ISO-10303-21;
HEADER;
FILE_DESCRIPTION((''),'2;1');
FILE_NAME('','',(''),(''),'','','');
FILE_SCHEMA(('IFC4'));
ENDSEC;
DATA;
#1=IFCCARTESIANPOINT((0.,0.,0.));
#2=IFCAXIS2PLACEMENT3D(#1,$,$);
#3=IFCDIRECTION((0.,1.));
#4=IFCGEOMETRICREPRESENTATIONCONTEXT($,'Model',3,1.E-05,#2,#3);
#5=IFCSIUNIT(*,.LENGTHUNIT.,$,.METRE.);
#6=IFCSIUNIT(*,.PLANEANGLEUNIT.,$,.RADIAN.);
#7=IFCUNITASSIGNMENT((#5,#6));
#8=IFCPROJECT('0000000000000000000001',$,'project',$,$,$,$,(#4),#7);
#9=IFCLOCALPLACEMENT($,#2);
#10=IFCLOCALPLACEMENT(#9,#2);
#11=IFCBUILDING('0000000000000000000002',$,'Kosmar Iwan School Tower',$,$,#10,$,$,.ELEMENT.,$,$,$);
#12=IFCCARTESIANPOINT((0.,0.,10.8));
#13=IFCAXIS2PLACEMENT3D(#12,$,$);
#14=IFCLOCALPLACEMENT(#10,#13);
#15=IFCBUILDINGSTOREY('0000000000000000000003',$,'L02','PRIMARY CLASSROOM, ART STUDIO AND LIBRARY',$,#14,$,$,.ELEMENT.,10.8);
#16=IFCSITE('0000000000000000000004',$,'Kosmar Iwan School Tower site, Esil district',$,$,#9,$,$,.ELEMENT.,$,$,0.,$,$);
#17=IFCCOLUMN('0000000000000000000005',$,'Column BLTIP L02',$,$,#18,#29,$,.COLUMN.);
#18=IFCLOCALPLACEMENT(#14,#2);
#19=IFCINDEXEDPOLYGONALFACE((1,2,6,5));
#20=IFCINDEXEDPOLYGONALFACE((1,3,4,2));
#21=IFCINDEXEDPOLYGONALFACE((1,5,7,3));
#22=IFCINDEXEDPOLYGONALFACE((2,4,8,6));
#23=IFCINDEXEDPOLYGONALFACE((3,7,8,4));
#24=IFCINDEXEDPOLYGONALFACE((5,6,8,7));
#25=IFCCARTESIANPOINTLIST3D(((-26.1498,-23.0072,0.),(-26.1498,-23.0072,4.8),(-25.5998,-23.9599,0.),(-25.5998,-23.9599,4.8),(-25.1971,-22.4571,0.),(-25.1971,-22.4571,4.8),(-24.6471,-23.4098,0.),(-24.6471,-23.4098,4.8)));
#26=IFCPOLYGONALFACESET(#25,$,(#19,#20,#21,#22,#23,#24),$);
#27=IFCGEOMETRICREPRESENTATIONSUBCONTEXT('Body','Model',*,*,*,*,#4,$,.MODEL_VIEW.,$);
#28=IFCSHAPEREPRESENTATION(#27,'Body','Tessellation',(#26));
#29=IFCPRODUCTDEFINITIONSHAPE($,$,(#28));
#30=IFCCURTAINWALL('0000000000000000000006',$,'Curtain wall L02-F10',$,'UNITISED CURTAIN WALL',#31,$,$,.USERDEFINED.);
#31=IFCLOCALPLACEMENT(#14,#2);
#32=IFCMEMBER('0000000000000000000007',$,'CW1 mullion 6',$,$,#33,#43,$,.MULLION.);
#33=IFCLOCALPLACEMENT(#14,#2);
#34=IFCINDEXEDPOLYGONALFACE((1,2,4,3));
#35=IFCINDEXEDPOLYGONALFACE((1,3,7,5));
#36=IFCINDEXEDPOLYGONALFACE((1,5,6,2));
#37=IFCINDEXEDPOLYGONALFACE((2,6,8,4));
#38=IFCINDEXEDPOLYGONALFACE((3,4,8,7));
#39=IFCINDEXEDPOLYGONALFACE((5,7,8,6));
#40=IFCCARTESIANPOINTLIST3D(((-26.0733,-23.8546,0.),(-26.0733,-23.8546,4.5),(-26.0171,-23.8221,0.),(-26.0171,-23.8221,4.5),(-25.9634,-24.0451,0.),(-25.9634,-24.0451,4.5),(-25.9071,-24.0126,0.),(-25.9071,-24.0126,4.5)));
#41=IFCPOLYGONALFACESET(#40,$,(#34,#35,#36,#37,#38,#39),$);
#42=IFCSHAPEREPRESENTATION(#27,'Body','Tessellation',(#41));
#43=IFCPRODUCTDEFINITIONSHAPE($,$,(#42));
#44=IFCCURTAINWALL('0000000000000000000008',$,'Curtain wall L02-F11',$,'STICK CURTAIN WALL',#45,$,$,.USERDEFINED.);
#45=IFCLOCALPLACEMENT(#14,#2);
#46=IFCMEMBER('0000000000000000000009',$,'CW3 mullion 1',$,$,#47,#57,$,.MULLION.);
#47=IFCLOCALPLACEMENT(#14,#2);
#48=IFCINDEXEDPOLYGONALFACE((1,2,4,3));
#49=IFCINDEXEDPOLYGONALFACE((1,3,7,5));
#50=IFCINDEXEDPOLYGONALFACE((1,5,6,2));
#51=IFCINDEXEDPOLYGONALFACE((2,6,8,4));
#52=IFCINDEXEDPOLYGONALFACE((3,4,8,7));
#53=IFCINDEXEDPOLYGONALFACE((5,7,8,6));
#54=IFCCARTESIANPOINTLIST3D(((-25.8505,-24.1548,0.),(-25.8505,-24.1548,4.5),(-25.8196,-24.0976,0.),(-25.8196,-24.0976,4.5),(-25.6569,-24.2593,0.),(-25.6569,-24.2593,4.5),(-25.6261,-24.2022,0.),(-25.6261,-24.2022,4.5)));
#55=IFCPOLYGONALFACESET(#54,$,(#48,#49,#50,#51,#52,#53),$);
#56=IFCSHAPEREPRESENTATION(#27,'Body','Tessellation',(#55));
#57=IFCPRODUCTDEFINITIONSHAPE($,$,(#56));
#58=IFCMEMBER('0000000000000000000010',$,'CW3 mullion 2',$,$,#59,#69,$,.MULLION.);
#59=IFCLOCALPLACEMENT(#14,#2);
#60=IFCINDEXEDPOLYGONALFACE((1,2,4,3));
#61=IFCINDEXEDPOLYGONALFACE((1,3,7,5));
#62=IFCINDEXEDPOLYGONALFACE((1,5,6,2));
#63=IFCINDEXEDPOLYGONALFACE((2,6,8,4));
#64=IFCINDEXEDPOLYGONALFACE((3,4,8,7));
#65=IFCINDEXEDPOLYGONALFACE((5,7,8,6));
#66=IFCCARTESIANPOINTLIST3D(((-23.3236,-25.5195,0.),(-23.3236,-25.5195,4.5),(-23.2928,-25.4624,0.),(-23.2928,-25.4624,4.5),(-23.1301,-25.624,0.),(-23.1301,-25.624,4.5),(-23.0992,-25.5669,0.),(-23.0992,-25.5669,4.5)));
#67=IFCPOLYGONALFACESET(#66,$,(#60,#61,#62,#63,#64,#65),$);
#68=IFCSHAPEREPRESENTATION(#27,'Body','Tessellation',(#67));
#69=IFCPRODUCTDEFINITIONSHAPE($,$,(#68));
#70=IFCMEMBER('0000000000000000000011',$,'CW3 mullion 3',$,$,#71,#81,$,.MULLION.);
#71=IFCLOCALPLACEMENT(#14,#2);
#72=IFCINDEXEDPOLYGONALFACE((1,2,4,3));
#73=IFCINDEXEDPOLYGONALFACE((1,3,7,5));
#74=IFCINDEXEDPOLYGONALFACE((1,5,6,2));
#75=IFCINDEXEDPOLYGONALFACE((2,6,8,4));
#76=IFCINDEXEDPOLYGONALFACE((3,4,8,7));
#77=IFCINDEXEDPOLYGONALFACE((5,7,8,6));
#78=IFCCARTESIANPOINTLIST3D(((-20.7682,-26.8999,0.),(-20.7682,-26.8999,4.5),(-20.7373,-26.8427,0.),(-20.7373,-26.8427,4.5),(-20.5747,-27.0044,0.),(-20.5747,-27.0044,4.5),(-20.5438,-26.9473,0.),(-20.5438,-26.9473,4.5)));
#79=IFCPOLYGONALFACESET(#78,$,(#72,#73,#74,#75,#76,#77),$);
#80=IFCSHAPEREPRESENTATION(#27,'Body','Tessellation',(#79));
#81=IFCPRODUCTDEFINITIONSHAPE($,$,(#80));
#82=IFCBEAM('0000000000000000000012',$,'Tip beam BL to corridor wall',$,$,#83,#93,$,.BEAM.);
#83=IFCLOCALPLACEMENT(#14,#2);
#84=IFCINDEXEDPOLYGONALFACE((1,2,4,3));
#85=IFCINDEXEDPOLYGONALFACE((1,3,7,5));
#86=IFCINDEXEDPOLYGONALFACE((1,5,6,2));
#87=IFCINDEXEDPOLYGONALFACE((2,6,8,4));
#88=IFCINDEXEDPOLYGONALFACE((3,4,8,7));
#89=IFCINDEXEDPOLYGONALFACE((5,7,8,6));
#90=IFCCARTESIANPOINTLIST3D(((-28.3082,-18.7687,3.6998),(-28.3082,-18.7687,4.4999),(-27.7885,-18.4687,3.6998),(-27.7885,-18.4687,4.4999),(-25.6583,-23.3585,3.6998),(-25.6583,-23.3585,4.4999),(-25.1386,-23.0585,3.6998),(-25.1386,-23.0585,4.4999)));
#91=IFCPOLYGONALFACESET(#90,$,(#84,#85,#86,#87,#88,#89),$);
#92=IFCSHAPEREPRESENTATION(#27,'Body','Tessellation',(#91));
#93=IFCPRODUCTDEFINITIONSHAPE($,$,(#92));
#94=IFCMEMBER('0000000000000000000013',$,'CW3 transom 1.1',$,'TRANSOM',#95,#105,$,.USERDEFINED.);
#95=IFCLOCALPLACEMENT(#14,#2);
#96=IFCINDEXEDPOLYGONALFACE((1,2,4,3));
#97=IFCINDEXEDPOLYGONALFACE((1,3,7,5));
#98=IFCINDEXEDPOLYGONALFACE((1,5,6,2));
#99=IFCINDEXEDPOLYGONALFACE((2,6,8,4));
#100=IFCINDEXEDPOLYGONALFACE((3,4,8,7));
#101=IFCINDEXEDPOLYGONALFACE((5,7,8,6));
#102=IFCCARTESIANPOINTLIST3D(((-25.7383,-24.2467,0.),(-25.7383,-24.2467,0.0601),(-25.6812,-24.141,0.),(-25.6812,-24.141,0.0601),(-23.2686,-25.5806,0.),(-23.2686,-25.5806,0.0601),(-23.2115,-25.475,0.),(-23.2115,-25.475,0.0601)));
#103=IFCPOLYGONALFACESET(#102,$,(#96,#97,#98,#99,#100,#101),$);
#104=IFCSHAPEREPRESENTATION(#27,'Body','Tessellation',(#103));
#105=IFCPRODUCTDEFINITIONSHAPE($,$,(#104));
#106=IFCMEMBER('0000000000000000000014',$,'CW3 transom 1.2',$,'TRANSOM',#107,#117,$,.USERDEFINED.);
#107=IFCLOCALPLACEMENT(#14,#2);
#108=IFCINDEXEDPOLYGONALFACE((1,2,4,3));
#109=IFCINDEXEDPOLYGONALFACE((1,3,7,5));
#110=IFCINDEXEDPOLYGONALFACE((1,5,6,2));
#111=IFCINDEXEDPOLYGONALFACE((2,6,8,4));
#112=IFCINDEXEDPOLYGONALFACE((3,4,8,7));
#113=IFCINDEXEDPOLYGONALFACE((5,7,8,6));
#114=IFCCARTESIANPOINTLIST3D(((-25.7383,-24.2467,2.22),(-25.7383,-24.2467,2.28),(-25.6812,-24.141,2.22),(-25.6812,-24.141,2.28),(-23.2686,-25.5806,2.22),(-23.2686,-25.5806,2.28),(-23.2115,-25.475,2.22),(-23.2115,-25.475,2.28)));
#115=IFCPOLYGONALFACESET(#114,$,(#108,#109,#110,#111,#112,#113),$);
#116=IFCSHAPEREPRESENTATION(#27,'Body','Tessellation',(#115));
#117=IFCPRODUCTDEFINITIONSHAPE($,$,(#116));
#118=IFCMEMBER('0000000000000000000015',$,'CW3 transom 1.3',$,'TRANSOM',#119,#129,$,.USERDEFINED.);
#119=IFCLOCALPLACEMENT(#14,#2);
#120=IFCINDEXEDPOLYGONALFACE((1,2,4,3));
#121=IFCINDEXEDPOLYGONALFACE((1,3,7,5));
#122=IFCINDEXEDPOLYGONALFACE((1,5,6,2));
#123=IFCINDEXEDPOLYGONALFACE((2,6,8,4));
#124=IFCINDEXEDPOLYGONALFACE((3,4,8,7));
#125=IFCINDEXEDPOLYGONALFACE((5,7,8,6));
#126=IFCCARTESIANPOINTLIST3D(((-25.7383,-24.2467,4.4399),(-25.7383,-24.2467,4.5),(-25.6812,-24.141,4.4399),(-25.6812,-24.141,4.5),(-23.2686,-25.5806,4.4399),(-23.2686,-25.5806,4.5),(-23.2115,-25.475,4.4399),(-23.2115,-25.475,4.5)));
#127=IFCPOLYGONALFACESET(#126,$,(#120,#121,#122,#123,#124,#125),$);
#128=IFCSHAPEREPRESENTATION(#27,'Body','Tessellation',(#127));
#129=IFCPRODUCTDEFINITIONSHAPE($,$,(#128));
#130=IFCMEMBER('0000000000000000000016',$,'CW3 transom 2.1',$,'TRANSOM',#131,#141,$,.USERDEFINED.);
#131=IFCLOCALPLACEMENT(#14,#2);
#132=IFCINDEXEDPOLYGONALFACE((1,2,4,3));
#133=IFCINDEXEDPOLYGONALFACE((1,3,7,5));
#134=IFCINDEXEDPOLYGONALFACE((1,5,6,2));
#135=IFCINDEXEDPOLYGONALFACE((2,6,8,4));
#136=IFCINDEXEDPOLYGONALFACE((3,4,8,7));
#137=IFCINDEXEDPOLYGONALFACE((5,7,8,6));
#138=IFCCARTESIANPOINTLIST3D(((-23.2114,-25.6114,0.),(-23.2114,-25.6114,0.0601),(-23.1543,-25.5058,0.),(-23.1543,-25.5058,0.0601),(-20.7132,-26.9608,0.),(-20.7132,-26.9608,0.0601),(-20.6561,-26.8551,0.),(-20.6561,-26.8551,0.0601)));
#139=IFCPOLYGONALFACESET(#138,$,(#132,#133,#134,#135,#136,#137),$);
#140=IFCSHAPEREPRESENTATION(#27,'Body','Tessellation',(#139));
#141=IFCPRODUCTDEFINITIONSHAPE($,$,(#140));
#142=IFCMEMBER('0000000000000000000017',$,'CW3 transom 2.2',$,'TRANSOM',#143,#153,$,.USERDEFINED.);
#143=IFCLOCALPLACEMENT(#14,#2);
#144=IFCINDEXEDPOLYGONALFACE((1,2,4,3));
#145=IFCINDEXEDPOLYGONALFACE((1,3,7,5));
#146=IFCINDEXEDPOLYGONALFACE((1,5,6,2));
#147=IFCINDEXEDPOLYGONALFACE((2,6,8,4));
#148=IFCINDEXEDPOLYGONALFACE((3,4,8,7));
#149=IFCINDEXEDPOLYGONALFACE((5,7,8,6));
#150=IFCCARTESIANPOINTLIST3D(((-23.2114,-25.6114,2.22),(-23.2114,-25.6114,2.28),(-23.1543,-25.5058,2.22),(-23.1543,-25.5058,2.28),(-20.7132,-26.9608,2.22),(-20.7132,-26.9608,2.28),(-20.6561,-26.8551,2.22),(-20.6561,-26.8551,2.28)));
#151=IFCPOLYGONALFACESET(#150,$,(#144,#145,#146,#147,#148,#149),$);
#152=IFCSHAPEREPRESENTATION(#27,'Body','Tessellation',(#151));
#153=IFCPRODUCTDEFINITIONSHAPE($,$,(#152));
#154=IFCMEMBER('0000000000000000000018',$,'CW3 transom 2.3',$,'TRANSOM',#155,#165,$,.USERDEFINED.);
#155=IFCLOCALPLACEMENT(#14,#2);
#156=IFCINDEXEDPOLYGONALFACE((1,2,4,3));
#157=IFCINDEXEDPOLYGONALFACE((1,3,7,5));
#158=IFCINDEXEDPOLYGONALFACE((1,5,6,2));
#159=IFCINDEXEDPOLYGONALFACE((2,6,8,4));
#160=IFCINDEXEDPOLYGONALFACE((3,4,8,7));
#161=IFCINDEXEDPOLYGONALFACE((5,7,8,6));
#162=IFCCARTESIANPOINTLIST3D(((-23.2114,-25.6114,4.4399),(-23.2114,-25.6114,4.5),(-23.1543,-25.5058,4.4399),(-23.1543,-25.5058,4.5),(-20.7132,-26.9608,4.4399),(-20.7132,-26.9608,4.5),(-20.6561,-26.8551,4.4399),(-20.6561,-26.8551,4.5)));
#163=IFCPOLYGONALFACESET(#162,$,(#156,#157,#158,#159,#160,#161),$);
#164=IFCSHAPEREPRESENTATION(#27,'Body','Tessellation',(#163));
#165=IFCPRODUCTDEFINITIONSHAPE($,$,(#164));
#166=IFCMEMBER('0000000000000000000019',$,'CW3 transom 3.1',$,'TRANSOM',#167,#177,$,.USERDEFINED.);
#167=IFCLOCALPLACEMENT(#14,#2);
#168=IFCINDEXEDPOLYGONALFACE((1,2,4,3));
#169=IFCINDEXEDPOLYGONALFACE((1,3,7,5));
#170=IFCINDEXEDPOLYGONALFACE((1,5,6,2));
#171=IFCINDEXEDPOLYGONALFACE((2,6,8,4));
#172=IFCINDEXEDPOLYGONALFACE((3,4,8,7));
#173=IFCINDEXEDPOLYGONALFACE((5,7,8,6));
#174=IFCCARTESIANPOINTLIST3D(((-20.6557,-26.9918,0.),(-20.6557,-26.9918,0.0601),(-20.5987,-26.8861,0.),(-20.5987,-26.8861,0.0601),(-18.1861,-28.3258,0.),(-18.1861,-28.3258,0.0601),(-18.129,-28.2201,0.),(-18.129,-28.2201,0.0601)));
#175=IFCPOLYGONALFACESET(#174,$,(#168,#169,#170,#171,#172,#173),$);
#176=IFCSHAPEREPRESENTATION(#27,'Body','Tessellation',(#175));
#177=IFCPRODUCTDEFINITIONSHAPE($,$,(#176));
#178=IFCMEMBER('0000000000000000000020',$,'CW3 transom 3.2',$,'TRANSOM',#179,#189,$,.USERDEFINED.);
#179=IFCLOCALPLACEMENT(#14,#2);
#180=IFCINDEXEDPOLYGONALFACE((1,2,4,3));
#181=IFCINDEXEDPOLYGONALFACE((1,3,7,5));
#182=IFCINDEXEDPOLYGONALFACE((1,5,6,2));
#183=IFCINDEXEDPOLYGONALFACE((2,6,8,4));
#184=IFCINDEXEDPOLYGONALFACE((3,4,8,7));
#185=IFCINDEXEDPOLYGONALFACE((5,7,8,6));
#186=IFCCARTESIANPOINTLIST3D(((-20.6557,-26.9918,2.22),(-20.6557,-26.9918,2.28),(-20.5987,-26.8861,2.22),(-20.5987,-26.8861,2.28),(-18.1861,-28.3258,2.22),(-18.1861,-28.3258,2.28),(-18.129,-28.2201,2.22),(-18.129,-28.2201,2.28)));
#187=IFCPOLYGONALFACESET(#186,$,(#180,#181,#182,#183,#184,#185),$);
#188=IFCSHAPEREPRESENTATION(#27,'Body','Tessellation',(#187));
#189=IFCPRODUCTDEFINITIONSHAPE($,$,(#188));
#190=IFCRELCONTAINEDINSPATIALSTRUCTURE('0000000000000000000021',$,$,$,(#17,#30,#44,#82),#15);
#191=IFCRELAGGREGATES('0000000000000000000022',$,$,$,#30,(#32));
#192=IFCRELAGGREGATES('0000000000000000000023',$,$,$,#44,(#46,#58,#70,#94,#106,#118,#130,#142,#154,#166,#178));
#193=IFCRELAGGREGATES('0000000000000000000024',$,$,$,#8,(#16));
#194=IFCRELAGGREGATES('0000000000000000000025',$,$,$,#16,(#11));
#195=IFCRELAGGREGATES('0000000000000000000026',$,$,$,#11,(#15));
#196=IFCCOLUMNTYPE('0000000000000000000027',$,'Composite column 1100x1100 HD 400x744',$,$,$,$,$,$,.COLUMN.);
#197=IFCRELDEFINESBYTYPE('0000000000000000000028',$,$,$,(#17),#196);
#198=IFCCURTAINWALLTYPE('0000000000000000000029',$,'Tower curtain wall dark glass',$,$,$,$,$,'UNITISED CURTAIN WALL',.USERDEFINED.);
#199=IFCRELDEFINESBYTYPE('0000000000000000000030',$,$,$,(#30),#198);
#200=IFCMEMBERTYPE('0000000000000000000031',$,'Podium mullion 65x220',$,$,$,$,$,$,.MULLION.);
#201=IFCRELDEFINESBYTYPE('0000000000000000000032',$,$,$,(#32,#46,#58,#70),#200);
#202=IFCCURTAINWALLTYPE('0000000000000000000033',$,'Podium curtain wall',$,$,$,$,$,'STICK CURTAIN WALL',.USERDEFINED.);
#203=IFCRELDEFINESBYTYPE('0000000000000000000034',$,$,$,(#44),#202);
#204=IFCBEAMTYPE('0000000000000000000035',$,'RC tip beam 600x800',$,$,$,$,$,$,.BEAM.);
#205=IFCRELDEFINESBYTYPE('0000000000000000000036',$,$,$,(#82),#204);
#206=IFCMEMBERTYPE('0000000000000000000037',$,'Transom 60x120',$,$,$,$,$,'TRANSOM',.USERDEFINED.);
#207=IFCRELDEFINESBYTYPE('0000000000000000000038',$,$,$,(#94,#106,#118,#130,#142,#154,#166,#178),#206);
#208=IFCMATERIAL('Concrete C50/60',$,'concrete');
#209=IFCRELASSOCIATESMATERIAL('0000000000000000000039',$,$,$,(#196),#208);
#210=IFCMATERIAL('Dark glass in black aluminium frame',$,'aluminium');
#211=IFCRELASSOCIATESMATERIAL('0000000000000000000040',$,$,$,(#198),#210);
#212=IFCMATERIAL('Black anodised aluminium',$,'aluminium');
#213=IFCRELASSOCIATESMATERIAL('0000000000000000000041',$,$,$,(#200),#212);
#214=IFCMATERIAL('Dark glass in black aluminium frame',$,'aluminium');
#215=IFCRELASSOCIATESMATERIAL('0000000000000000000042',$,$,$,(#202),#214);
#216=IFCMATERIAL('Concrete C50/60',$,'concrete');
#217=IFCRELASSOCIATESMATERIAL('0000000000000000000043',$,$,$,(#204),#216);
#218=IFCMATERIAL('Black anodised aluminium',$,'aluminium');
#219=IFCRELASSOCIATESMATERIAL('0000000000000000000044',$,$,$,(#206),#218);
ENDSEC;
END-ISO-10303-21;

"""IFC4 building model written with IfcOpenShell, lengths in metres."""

from ifc_helpers import new_model, si_unit, direction, frame, origin, origin_2d, place, context, subcontext, project, spatial, rectangle, extrude, material, material_profile, profile_set, type_object, element, aggregate, save


model = new_model("IFC4")

# Units and contexts
model_context = context("Model", 3, precision=1e-05, world=origin(), true_north=direction((0.0, 1.0)))
body_context = subcontext(model_context, "Body", "Model", "MODEL_VIEW")
ifc_project = project(units=[si_unit("LENGTHUNIT", "METRE"), si_unit("PLANEANGLEUNIT", "RADIAN")], contexts=[model_context])

# Site, building, storey
site_placement = place(None, origin())
site = spatial("IfcSite", under=ifc_project, at=site_placement, Name="Kosmar Iwan School Tower site, Esil district", CompositionType="ELEMENT", RefElevation=0.0)
building_placement = place(site_placement, origin())
building = spatial("IfcBuilding", under=site, at=building_placement, Name="Kosmar Iwan School Tower", CompositionType="ELEMENT")
storey_placement = place(building_placement, frame((0.0, 0.0, 10.8)))
storey = spatial("IfcBuildingStorey", under=building, at=storey_placement, Name="L02", Description="PRIMARY CLASSROOM, ART STUDIO AND LIBRARY", CompositionType="ELEMENT", Elevation=10.8)

# Column
ifc_material_1 = material(Name="Concrete C50/60", Category="concrete")
ifc_material_profile_1 = material_profile(ifc_material_1, rectangle(XDim=1.1001, YDim=1.1001, at=origin_2d()), Name="RC 1100x1100 + HD 400x744")
ifc_profile_set_1 = profile_set([ifc_material_profile_1], Name="Concrete C50/60")
column_type = type_object("IfcColumnType", Name="Composite column 1100x1100 HD 400x744", PredefinedType="COLUMN", material=ifc_profile_set_1)
column_placement = place(storey_placement, frame((-25.3984, -23.2085, 0.0), z_axis=(0.0, 0.0, 1.0), x_axis=(-0.866025, -0.5, 0.0)))
element("IfcColumn", 1, at=column_placement, inside=storey, type_object=column_type, Name="Column BLTIP L02", PredefinedType="COLUMN", context=body_context, shape_type="SweptSolid", body=[
    extrude(rectangle(XDim=1.1001, YDim=1.1001, at=origin_2d()), origin(), (0.0, 0.0, 1.0), 4.8),
])

# Curtain wall, member
ifc_material_2 = material(Name="Dark glass in black aluminium frame", Category="aluminium")
curtain_wall_type_1 = type_object("IfcCurtainWallType", Name="Tower curtain wall dark glass", ElementType="UNITISED CURTAIN WALL", PredefinedType="USERDEFINED", material=ifc_material_2)
curtain_wall_1_placement = place(storey_placement, origin())
curtain_wall_1 = element("IfcCurtainWall", 2, at=curtain_wall_1_placement, inside=storey, type_object=curtain_wall_type_1, Name="Curtain wall L02-F10", ObjectType="UNITISED CURTAIN WALL", PredefinedType="USERDEFINED")
ifc_material_3 = material(Name="Black anodised aluminium", Category="aluminium")
ifc_material_profile_2 = material_profile(ifc_material_3, rectangle(XDim=0.0649, YDim=0.22, at=origin_2d()), Name="MULLION 65x220")
ifc_profile_set_2 = profile_set([ifc_material_profile_2], Name="Black anodised aluminium")
member_type_1 = type_object("IfcMemberType", Name="Podium mullion 65x220", PredefinedType="MULLION", material=ifc_profile_set_2)
member_1_placement = place(storey_placement, frame((-25.9902, -23.9336, 0.0), z_axis=(0.0, 0.0, 1.0), x_axis=(0.866025, 0.5, 0.0)))
member_1 = element("IfcMember", 3, at=member_1_placement, type_object=member_type_1, Name="CW1 mullion 6", PredefinedType="MULLION", context=body_context, shape_type="SweptSolid", body=[
    extrude(rectangle(XDim=0.0649, YDim=0.22, at=origin_2d()), origin(), (0.0, 0.0, 1.0), 4.5),
])

# Curtain wall, members
ifc_material_4 = material(Name="Dark glass in black aluminium frame", Category="aluminium")
curtain_wall_type_2 = type_object("IfcCurtainWallType", Name="Podium curtain wall", ElementType="STICK CURTAIN WALL", PredefinedType="USERDEFINED", material=ifc_material_4)
curtain_wall_2_placement = place(storey_placement, origin())
curtain_wall_2 = element("IfcCurtainWall", 4, at=curtain_wall_2_placement, inside=storey, type_object=curtain_wall_type_2, Name="Curtain wall L02-F11", ObjectType="STICK CURTAIN WALL", PredefinedType="USERDEFINED")
member_2_placement = place(storey_placement, frame((-25.7383, -24.1785, 0.0), z_axis=(0.0, 0.0, 1.0), x_axis=(0.475215, 0.879869, 0.0)))
member_2 = element("IfcMember", 5, at=member_2_placement, type_object=member_type_1, Name="CW3 mullion 1", PredefinedType="MULLION", context=body_context, shape_type="SweptSolid", body=[
    extrude(rectangle(XDim=0.0649, YDim=0.22, at=origin_2d()), origin(), (0.0, 0.0, 1.0), 4.5),
])
member_3_placement = place(storey_placement, frame((-23.2114, -25.5432, 0.0), z_axis=(0.0, 0.0, 1.0), x_axis=(0.475215, 0.879869, 0.0)))
member_3 = element("IfcMember", 6, at=member_3_placement, type_object=member_type_1, Name="CW3 mullion 2", PredefinedType="MULLION", context=body_context, shape_type="SweptSolid", body=[
    extrude(rectangle(XDim=0.0649, YDim=0.22, at=origin_2d()), origin(), (0.0, 0.0, 1.0), 4.5),
])
member_4_placement = place(storey_placement, frame((-20.656, -26.9236, 0.0), z_axis=(0.0, 0.0, 1.0), x_axis=(0.475215, 0.879869, 0.0)))
member_4 = element("IfcMember", 7, at=member_4_placement, type_object=member_type_1, Name="CW3 mullion 3", PredefinedType="MULLION", context=body_context, shape_type="SweptSolid", body=[
    extrude(rectangle(XDim=0.0649, YDim=0.22, at=origin_2d()), origin(), (0.0, 0.0, 1.0), 4.5),
])

# Beam
ifc_material_5 = material(Name="Concrete C50/60", Category="concrete")
ifc_material_profile_3 = material_profile(ifc_material_5, rectangle(XDim=0.6001, YDim=0.8, at=origin_2d()), Name="RC 600x800")
ifc_profile_set_3 = profile_set([ifc_material_profile_3], Name="Concrete C50/60")
beam_type = type_object("IfcBeamType", Name="RC tip beam 600x800", PredefinedType="BEAM", material=ifc_profile_set_3)
beam_placement = place(storey_placement, frame((-25.3984, -23.2085, 4.0999), z_axis=(-0.499994, 0.866029, 0.0), x_axis=(-0.866029, -0.499994, 0.0)))
element("IfcBeam", 8, at=beam_placement, inside=storey, type_object=beam_type, Name="Tip beam BL to corridor wall", PredefinedType="BEAM", context=body_context, shape_type="SweptSolid", body=[
    extrude(rectangle(XDim=0.6001, YDim=0.8, at=origin_2d()), origin(), (0.0, 0.0, 1.0), 5.2998),
])

# Members
ifc_material_6 = material(Name="Black anodised aluminium", Category="aluminium")
ifc_material_profile_4 = material_profile(ifc_material_6, rectangle(XDim=0.1201, YDim=0.0601, at=origin_2d()), Name="TRANSOM 60x120")
ifc_profile_set_4 = profile_set([ifc_material_profile_4], Name="Black anodised aluminium")
member_type_2 = type_object("IfcMemberType", Name="Transom 60x120", ElementType="TRANSOM", PredefinedType="USERDEFINED", material=ifc_profile_set_4)
member_5_placement = place(storey_placement, frame((-25.7097, -24.1938, 0.03), z_axis=(0.879856, -0.47524, 0.0), x_axis=(0.47524, 0.879856, 0.0)))
member_5 = element("IfcMember", 9, at=member_5_placement, type_object=member_type_2, Name="CW3 transom 1.1", ObjectType="TRANSOM", PredefinedType="USERDEFINED", context=body_context, shape_type="SweptSolid", body=[
    extrude(rectangle(XDim=0.1201, YDim=0.0601, at=origin_2d()), origin(), (0.0, 0.0, 1.0), 2.8069),
])
member_6_placement = place(storey_placement, frame((-25.7097, -24.1938, 2.25), z_axis=(0.879856, -0.47524, 0.0), x_axis=(0.47524, 0.879856, 0.0)))
member_6 = element("IfcMember", 10, at=member_6_placement, type_object=member_type_2, Name="CW3 transom 1.2", ObjectType="TRANSOM", PredefinedType="USERDEFINED", context=body_context, shape_type="SweptSolid", body=[
    extrude(rectangle(XDim=0.1201, YDim=0.0601, at=origin_2d()), origin(), (0.0, 0.0, 1.0), 2.8069),
])
member_7_placement = place(storey_placement, frame((-25.7097, -24.1938, 4.47), z_axis=(0.879856, -0.47524, 0.0), x_axis=(0.47524, 0.879856, 0.0)))
member_7 = element("IfcMember", 11, at=member_7_placement, type_object=member_type_2, Name="CW3 transom 1.3", ObjectType="TRANSOM", PredefinedType="USERDEFINED", context=body_context, shape_type="SweptSolid", body=[
    extrude(rectangle(XDim=0.1201, YDim=0.0601, at=origin_2d()), origin(), (0.0, 0.0, 1.0), 2.8069),
])
member_8_placement = place(storey_placement, frame((-23.1829, -25.5586, 0.03), z_axis=(0.879863, -0.475227, 0.0), x_axis=(0.475227, 0.879863, 0.0)))
member_8 = element("IfcMember", 12, at=member_8_placement, type_object=member_type_2, Name="CW3 transom 2.1", ObjectType="TRANSOM", PredefinedType="USERDEFINED", context=body_context, shape_type="SweptSolid", body=[
    extrude(rectangle(XDim=0.1201, YDim=0.0601, at=origin_2d()), origin(), (0.0, 0.0, 1.0), 2.8394),
])
member_9_placement = place(storey_placement, frame((-23.1829, -25.5586, 2.25), z_axis=(0.879863, -0.475227, 0.0), x_axis=(0.475227, 0.879863, 0.0)))
member_9 = element("IfcMember", 13, at=member_9_placement, type_object=member_type_2, Name="CW3 transom 2.2", ObjectType="TRANSOM", PredefinedType="USERDEFINED", context=body_context, shape_type="SweptSolid", body=[
    extrude(rectangle(XDim=0.1201, YDim=0.0601, at=origin_2d()), origin(), (0.0, 0.0, 1.0), 2.8394),
])
member_10_placement = place(storey_placement, frame((-23.1829, -25.5586, 4.47), z_axis=(0.879863, -0.475227, 0.0), x_axis=(0.475227, 0.879863, 0.0)))
member_10 = element("IfcMember", 14, at=member_10_placement, type_object=member_type_2, Name="CW3 transom 2.3", ObjectType="TRANSOM", PredefinedType="USERDEFINED", context=body_context, shape_type="SweptSolid", body=[
    extrude(rectangle(XDim=0.1201, YDim=0.0601, at=origin_2d()), origin(), (0.0, 0.0, 1.0), 2.8394),
])
member_11_placement = place(storey_placement, frame((-20.6272, -26.939, 0.03), z_axis=(0.879856, -0.47524, 0.0), x_axis=(0.47524, 0.879856, 0.0)))
member_11 = element("IfcMember", 15, at=member_11_placement, type_object=member_type_2, Name="CW3 transom 3.1", ObjectType="TRANSOM", PredefinedType="USERDEFINED", context=body_context, shape_type="SweptSolid", body=[
    extrude(rectangle(XDim=0.1201, YDim=0.0601, at=origin_2d()), origin(), (0.0, 0.0, 1.0), 2.8069),
])
member_12_placement = place(storey_placement, frame((-20.6272, -26.939, 2.25), z_axis=(0.879856, -0.47524, 0.0), x_axis=(0.47524, 0.879856, 0.0)))
member_12 = element("IfcMember", 16, at=member_12_placement, type_object=member_type_2, Name="CW3 transom 3.2", ObjectType="TRANSOM", PredefinedType="USERDEFINED", context=body_context, shape_type="SweptSolid", body=[
    extrude(rectangle(XDim=0.1201, YDim=0.0601, at=origin_2d()), origin(), (0.0, 0.0, 1.0), 2.8069),
])

aggregate(curtain_wall_1, [member_1])
aggregate(curtain_wall_2, [member_2, member_3, member_4, member_5, member_6, member_7, member_8, member_9, member_10, member_11, member_12])

save(model, "model.ifc")
